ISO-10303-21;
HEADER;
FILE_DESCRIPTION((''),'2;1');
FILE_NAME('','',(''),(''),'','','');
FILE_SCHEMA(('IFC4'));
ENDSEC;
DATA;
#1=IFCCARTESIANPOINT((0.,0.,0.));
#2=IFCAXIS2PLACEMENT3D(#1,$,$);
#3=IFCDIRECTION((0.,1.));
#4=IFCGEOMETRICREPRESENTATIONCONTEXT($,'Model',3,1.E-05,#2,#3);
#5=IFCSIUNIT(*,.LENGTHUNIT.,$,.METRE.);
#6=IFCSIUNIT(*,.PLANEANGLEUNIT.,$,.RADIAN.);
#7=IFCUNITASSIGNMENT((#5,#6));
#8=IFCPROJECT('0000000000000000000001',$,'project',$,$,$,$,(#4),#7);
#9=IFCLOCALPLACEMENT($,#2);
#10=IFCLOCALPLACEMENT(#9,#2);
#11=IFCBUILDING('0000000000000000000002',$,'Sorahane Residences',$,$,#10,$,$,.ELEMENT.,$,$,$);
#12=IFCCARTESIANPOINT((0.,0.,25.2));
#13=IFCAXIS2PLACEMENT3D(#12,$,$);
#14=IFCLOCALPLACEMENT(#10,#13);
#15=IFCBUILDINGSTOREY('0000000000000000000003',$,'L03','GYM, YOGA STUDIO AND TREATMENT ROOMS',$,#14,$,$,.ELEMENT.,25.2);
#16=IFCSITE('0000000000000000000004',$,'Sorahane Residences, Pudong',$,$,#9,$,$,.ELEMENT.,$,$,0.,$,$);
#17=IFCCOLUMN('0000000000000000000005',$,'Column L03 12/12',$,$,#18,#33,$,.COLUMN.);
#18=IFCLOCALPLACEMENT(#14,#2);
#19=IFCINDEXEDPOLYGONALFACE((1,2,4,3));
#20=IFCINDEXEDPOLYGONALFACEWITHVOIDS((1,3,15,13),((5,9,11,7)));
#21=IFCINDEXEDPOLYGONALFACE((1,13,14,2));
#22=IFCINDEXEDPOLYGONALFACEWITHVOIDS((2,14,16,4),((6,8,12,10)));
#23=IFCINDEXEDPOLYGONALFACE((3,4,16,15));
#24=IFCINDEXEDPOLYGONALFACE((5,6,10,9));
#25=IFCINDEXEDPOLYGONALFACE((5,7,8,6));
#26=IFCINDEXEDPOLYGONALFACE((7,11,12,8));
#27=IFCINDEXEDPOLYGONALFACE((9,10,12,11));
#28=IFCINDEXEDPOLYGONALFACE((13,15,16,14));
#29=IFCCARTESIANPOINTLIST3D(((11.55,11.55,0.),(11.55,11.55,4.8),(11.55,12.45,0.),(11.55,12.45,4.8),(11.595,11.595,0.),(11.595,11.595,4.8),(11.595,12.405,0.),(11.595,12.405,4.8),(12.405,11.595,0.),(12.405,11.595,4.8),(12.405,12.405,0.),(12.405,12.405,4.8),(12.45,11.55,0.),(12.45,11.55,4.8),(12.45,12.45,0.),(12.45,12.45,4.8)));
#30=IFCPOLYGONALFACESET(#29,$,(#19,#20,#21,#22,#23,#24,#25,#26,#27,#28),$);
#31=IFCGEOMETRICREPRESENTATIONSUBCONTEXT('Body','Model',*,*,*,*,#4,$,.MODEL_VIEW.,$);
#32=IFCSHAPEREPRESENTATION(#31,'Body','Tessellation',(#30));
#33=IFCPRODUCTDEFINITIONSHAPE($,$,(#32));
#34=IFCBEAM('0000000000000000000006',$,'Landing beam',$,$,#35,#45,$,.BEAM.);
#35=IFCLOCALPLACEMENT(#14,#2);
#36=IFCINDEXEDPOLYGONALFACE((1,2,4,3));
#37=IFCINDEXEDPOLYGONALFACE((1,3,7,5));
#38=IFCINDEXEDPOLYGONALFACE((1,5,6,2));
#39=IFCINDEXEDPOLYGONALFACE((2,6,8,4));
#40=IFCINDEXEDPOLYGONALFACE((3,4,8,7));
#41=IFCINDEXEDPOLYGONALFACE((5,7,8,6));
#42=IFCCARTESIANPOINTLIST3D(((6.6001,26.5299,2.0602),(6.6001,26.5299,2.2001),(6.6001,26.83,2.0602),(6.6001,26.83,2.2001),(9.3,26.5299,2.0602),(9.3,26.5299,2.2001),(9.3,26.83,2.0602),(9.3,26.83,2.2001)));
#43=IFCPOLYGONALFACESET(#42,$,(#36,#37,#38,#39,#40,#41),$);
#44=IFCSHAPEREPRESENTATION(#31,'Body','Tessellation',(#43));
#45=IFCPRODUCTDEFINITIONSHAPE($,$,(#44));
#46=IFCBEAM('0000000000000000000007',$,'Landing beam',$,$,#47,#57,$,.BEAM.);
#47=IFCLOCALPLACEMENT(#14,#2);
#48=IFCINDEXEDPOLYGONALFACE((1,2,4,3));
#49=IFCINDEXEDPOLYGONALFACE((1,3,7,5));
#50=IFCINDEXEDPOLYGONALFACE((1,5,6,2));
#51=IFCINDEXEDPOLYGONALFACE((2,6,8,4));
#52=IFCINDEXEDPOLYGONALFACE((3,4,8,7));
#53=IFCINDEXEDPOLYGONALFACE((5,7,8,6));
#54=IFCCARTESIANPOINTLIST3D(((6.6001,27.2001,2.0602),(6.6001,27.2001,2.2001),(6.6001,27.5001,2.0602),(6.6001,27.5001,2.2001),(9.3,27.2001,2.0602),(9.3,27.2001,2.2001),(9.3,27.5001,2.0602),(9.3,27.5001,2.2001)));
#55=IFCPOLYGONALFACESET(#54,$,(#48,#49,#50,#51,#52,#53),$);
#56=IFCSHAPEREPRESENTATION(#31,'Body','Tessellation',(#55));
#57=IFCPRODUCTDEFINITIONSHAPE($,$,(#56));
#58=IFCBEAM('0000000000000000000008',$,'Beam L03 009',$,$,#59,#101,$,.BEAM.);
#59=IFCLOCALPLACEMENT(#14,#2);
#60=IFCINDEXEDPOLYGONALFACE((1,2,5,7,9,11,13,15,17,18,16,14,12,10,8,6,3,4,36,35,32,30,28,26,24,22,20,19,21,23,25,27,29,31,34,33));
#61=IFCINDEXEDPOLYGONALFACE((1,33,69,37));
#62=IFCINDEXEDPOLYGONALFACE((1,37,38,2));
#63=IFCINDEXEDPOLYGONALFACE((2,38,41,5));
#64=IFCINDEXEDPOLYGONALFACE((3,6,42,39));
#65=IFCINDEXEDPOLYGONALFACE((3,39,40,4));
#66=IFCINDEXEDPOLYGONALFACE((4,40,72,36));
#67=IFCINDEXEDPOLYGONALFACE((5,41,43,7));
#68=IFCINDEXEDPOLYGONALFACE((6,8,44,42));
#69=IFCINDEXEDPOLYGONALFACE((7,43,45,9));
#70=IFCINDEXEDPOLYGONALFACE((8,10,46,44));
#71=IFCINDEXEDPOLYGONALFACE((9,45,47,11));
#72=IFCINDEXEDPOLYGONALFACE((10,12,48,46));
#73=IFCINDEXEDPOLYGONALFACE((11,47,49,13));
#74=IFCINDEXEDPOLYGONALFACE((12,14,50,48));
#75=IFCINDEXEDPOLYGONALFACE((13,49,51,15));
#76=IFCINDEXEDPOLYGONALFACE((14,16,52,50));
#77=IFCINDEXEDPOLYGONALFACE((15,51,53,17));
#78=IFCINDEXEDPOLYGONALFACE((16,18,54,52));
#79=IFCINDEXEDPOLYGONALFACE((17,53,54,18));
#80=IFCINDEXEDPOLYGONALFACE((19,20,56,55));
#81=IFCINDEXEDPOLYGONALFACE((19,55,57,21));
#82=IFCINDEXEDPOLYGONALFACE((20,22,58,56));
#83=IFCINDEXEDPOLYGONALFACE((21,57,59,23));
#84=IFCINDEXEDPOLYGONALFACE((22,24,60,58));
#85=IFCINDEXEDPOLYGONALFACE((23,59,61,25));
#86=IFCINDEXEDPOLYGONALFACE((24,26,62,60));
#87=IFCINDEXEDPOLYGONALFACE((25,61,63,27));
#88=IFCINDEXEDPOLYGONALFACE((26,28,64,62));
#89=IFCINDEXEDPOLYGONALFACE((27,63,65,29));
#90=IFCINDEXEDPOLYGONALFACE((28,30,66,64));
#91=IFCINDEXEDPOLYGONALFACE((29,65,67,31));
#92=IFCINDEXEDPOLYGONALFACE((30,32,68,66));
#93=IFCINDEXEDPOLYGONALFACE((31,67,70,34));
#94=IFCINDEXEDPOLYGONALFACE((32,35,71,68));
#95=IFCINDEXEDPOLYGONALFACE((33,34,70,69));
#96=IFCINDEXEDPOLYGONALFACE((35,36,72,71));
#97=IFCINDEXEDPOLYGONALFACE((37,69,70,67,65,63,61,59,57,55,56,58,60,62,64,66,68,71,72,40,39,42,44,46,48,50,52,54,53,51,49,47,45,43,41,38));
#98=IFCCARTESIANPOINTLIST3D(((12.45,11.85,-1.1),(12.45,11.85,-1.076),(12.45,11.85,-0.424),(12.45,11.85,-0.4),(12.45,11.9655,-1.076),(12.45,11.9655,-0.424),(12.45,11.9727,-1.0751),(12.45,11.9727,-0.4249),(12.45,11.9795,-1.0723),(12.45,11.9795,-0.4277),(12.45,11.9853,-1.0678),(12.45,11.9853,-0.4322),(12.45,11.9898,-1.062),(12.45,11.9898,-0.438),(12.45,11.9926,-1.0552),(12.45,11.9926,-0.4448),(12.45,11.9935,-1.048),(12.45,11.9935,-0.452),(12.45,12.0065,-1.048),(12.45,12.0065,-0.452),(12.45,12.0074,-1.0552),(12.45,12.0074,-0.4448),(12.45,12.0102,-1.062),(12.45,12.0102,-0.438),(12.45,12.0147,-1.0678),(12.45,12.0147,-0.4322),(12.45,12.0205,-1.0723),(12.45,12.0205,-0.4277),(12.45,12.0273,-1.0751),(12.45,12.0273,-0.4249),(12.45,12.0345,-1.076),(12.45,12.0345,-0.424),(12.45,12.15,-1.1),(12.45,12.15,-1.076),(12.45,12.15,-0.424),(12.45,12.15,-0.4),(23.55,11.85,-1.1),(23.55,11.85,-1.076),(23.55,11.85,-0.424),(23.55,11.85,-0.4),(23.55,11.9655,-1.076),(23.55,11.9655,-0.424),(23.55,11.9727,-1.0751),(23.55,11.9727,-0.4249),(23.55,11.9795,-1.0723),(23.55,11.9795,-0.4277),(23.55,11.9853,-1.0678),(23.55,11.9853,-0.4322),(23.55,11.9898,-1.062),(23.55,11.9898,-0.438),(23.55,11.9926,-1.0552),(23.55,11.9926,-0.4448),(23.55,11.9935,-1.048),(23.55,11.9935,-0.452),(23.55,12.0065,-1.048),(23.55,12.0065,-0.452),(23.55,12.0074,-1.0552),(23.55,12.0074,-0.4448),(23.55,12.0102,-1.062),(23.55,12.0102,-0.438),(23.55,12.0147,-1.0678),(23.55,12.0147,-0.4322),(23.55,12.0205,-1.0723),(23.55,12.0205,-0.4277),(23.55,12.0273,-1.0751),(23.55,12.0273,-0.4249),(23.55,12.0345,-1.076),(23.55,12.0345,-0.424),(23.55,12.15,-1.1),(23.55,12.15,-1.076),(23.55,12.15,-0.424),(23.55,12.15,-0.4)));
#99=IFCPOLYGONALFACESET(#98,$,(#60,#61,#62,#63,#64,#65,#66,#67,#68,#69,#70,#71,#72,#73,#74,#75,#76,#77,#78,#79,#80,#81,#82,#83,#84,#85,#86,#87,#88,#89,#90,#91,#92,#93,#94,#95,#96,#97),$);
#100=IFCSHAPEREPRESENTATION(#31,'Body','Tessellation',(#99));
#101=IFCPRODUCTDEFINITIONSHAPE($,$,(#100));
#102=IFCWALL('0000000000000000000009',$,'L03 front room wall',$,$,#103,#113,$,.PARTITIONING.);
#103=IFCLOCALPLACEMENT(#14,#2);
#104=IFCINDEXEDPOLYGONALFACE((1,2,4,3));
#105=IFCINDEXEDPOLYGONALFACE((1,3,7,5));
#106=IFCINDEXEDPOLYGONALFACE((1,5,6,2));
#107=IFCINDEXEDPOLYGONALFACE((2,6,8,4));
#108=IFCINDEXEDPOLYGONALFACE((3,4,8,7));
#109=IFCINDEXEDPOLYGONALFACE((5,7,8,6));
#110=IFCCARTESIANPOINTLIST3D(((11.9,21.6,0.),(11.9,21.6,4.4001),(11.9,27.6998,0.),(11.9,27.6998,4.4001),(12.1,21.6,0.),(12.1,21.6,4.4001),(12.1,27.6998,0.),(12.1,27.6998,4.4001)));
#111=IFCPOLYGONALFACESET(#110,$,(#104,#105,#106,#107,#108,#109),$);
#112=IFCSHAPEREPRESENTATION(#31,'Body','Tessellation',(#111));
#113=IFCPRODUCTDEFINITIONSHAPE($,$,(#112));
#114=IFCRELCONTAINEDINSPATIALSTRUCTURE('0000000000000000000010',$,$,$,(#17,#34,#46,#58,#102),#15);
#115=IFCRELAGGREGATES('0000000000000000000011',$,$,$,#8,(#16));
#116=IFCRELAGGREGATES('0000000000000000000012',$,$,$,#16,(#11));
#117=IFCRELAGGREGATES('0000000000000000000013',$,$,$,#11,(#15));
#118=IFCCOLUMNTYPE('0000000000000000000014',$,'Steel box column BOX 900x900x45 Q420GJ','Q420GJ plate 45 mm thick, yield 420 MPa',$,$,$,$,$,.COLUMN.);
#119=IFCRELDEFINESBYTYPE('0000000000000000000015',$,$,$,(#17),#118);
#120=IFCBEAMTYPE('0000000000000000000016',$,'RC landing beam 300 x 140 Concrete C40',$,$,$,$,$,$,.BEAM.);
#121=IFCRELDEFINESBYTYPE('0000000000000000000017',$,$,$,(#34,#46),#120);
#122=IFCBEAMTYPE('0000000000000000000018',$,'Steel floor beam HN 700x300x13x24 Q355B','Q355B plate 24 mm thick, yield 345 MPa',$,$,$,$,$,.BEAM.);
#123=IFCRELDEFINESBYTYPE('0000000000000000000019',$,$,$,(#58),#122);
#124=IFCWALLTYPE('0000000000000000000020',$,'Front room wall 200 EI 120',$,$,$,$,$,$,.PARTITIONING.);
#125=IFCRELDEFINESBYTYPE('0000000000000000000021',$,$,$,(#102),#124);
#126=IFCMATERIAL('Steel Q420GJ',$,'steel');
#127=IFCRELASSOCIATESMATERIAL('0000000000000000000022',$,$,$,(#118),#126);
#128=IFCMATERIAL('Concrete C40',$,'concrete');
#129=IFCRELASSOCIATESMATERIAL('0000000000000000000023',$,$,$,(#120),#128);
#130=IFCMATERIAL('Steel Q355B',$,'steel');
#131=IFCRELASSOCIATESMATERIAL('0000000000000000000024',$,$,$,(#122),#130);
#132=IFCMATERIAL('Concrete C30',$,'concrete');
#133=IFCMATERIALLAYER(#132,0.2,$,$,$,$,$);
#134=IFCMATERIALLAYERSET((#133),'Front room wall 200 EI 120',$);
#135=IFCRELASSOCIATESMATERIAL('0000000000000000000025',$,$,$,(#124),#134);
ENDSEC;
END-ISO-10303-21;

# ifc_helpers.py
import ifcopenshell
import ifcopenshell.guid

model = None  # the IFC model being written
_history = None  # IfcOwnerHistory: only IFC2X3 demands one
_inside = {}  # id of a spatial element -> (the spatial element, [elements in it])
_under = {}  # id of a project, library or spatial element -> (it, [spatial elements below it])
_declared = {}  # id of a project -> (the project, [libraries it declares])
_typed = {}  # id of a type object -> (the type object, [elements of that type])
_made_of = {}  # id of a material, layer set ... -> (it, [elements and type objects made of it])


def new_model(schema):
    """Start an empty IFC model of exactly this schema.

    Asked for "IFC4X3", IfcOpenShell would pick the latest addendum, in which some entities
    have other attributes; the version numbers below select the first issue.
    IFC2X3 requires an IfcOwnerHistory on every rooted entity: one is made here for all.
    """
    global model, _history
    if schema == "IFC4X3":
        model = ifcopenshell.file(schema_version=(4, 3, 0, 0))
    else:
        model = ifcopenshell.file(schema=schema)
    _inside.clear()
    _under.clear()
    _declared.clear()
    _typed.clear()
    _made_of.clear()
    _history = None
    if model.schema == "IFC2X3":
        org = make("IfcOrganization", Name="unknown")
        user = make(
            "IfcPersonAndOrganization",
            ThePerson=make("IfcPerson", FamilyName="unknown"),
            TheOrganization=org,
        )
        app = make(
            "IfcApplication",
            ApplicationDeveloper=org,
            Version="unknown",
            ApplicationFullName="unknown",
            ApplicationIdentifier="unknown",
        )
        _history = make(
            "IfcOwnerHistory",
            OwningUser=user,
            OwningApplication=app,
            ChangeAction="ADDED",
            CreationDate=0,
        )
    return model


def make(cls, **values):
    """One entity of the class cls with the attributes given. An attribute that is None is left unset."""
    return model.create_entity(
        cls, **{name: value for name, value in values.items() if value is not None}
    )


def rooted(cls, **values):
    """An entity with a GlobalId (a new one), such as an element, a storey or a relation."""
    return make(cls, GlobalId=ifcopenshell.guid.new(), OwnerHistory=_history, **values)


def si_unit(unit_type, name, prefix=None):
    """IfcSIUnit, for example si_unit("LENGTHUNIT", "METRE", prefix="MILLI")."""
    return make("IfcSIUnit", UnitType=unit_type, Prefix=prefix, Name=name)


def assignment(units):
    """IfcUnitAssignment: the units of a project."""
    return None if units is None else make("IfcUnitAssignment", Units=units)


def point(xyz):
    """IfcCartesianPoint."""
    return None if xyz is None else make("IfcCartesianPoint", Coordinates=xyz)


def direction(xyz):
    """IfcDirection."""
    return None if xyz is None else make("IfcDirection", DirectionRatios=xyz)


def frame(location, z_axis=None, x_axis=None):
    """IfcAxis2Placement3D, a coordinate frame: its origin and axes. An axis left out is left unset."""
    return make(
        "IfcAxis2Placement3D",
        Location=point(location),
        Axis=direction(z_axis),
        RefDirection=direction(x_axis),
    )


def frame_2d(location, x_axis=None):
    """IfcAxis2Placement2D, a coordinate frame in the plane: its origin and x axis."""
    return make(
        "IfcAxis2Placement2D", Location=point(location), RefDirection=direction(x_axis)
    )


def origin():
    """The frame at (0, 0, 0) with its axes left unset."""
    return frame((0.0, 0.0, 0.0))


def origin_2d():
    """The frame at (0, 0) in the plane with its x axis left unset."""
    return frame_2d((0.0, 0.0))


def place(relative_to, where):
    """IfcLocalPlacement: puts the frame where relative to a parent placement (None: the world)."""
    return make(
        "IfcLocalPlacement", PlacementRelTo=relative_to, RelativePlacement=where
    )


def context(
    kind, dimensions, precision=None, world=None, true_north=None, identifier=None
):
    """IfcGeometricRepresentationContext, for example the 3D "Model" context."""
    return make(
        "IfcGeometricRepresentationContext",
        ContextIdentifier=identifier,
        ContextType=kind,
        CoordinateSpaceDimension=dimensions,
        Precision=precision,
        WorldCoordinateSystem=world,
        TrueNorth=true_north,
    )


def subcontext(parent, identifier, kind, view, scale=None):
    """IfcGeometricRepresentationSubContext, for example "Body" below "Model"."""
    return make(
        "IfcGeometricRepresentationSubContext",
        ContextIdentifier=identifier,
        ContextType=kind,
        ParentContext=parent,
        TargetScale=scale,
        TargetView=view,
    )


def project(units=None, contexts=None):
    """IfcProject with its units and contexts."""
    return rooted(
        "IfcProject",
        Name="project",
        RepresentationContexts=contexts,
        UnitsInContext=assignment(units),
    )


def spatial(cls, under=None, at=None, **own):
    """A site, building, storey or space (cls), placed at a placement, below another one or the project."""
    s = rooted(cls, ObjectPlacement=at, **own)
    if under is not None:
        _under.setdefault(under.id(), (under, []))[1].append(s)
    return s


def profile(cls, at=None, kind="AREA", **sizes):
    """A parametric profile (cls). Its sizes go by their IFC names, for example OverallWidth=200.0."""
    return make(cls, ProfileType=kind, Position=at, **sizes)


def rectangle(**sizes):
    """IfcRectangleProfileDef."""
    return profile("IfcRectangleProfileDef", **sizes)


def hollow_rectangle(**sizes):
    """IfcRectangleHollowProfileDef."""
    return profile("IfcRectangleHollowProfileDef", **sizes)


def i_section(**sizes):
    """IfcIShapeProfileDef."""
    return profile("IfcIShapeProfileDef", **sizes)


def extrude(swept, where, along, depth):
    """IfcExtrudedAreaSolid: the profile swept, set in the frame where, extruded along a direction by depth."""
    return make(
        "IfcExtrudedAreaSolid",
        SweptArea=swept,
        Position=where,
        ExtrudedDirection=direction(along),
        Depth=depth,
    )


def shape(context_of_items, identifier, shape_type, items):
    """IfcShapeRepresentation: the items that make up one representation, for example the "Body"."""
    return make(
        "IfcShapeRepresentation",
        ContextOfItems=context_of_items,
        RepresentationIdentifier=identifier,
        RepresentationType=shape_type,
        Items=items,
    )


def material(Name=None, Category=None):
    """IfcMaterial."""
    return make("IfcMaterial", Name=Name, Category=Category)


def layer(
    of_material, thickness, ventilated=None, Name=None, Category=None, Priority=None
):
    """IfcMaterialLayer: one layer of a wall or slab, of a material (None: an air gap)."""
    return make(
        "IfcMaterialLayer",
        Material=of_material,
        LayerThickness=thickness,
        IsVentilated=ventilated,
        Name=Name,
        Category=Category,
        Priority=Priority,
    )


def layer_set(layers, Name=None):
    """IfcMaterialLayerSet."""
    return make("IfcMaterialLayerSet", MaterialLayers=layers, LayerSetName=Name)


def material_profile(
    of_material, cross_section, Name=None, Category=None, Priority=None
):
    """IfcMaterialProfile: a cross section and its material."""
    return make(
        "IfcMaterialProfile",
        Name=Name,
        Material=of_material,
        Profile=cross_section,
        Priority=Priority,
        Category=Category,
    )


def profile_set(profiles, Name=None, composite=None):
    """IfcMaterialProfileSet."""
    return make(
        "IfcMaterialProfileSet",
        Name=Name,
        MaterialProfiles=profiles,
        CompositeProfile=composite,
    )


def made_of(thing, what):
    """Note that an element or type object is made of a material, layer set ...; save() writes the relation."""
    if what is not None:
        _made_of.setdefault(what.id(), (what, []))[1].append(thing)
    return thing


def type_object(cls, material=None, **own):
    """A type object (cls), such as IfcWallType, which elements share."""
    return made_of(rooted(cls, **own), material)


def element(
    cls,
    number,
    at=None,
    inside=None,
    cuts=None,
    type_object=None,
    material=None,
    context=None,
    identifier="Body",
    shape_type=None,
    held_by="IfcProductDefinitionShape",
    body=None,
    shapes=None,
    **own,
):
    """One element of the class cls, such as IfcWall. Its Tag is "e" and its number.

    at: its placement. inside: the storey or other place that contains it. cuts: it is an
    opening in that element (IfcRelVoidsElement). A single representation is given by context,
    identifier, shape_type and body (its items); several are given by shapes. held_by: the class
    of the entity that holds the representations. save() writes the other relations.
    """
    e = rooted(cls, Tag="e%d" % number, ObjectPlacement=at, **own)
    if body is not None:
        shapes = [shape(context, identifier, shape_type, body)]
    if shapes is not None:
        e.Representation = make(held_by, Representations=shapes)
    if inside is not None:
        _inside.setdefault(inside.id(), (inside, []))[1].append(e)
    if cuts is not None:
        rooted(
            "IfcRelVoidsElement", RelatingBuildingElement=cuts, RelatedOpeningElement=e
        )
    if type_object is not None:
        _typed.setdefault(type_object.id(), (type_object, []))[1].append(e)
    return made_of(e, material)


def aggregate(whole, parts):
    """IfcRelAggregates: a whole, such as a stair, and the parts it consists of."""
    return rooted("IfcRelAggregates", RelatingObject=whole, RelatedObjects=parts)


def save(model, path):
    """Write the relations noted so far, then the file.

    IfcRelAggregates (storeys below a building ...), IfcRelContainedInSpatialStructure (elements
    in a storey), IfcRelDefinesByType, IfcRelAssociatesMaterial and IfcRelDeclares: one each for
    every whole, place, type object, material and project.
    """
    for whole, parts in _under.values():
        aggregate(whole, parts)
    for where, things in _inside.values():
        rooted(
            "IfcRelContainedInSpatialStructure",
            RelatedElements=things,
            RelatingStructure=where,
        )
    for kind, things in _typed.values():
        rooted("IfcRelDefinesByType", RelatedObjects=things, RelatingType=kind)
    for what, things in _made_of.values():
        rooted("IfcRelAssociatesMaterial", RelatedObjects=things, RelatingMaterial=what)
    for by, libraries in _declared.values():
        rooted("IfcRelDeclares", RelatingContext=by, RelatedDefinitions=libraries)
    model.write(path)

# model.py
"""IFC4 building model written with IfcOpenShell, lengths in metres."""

from ifc_helpers import new_model, si_unit, direction, frame, frame_2d, origin, origin_2d, place, context, subcontext, project, spatial, rectangle, hollow_rectangle, i_section, extrude, material, layer, layer_set, material_profile, profile_set, type_object, element, save


model = new_model("IFC4")

# Units and contexts
model_context = context("Model", 3, precision=1e-05, world=origin(), true_north=direction((0.0, 1.0)))
body_context = subcontext(model_context, "Body", "Model", "MODEL_VIEW")
ifc_project = project(units=[si_unit("LENGTHUNIT", "METRE"), si_unit("PLANEANGLEUNIT", "RADIAN")], contexts=[model_context])

# Site, building, storey
site_placement = place(None, origin())
site = spatial("IfcSite", under=ifc_project, at=site_placement, Name="Sorahane Residences, Pudong", CompositionType="ELEMENT", RefElevation=0.0)
building_placement = place(site_placement, origin())
building = spatial("IfcBuilding", under=site, at=building_placement, Name="Sorahane Residences", CompositionType="ELEMENT")
storey_placement = place(building_placement, frame((0.0, 0.0, 25.2)))
storey = spatial("IfcBuildingStorey", under=building, at=storey_placement, Name="L03", Description="GYM, YOGA STUDIO AND TREATMENT ROOMS", CompositionType="ELEMENT", Elevation=25.2)

# Column
ifc_material_1 = material(Name="Steel Q420GJ", Category="steel")
ifc_material_profile_1 = material_profile(ifc_material_1, hollow_rectangle(XDim=0.8999, YDim=0.8999, WallThickness=0.0449, at=origin_2d()), Name="BOX 900x900x45")
ifc_profile_set_1 = profile_set([ifc_material_profile_1], Name="Steel Q420GJ")
column_type = type_object("IfcColumnType", Name="Steel box column BOX 900x900x45 Q420GJ", Description="Q420GJ plate 45 mm thick, yield 420 MPa", PredefinedType="COLUMN", material=ifc_profile_set_1)
column_placement = place(storey_placement, frame((12.0, 12.0, 0.0), z_axis=(0.0, 0.0, 1.0), x_axis=(1.0, 0.0, 0.0)))
element("IfcColumn", 1, at=column_placement, inside=storey, type_object=column_type, Name="Column L03 12/12", PredefinedType="COLUMN", context=body_context, shape_type="SweptSolid", body=[
    extrude(hollow_rectangle(XDim=0.8999, YDim=0.8999, WallThickness=0.0449, at=origin_2d()), origin(), (0.0, 0.0, 1.0), 4.8),
])

# Beams
ifc_material_2 = material(Name="Concrete C40", Category="concrete")
ifc_material_profile_2 = material_profile(ifc_material_2, rectangle(XDim=0.3, YDim=0.1399, at=origin_2d()), Name="300x140")
ifc_profile_set_2 = profile_set([ifc_material_profile_2], Name="Concrete C40")
beam_type_1 = type_object("IfcBeamType", Name="RC landing beam 300 x 140 Concrete C40", PredefinedType="BEAM", material=ifc_profile_set_2)
for number, where, z_axis, x_axis, name in (
    (2, (6.6001, 26.6799, 2.1301), (1.0, 0.0, 0.0), (0.0, 1.0, 0.0), "Landing beam"),
    (3, (6.6001, 27.3501, 2.1301), (1.0, 0.0, 0.0), (0.0, 1.0, 0.0), "Landing beam"),
):
    element("IfcBeam", number, at=place(storey_placement, frame(where, z_axis=z_axis, x_axis=x_axis)), inside=storey, type_object=beam_type_1, Name=name, PredefinedType="BEAM", context=body_context, shape_type="SweptSolid", body=[
        extrude(rectangle(XDim=0.3, YDim=0.1399, at=origin_2d()), origin(), (0.0, 0.0, 1.0), 2.7),
    ])
ifc_material_3 = material(Name="Steel Q355B", Category="steel")
ifc_material_profile_3 = material_profile(ifc_material_3, i_section(OverallWidth=0.3, OverallDepth=0.7, WebThickness=0.0129, FlangeThickness=0.0239, FilletRadius=0.0281, at=origin_2d()), Name="HN 700x300x13x24")
ifc_profile_set_3 = profile_set([ifc_material_profile_3], Name="Steel Q355B")
beam_type_2 = type_object("IfcBeamType", Name="Steel floor beam HN 700x300x13x24 Q355B", Description="Q355B plate 24 mm thick, yield 345 MPa", PredefinedType="BEAM", material=ifc_profile_set_3)
beam_placement = place(storey_placement, frame((12.45, 12.0, -0.75), z_axis=(1.0, 0.0, 0.0), x_axis=(0.0, 1.0, 0.0)))
element("IfcBeam", 4, at=beam_placement, inside=storey, type_object=beam_type_2, Name="Beam L03 009", PredefinedType="BEAM", context=body_context, shape_type="SweptSolid", body=[
    extrude(i_section(OverallWidth=0.3, OverallDepth=0.7, WebThickness=0.0129, FlangeThickness=0.0239, FilletRadius=0.0281, at=origin_2d()), origin(), (0.0, 0.0, 1.0), 11.1001),
])

# Wall
ifc_material_4 = material(Name="Concrete C30", Category="concrete")
ifc_layer_1 = layer(ifc_material_4, 0.2)
ifc_layer_set_1 = layer_set([ifc_layer_1], Name="Front room wall 200 EI 120")
wall_type_1 = type_object("IfcWallType", Name="Front room wall 200 EI 120", PredefinedType="PARTITIONING", material=ifc_layer_set_1)
wall_1_placement = place(storey_placement, frame((12.0, 21.6001, 0.0), z_axis=(0.0, 0.0, 1.0), x_axis=(0.0, 1.0, 0.0)))
element("IfcWall", 5, at=wall_1_placement, inside=storey, type_object=wall_type_1, Name="L03 front room wall", PredefinedType="PARTITIONING", context=body_context, shape_type="SweptSolid", body=[
    extrude(rectangle(XDim=6.0999, YDim=0.2, at=frame_2d((3.0498, 0.0))), origin(), (0.0, 0.0, 1.0), 4.4001),
])

save(model, "model.ifc")
